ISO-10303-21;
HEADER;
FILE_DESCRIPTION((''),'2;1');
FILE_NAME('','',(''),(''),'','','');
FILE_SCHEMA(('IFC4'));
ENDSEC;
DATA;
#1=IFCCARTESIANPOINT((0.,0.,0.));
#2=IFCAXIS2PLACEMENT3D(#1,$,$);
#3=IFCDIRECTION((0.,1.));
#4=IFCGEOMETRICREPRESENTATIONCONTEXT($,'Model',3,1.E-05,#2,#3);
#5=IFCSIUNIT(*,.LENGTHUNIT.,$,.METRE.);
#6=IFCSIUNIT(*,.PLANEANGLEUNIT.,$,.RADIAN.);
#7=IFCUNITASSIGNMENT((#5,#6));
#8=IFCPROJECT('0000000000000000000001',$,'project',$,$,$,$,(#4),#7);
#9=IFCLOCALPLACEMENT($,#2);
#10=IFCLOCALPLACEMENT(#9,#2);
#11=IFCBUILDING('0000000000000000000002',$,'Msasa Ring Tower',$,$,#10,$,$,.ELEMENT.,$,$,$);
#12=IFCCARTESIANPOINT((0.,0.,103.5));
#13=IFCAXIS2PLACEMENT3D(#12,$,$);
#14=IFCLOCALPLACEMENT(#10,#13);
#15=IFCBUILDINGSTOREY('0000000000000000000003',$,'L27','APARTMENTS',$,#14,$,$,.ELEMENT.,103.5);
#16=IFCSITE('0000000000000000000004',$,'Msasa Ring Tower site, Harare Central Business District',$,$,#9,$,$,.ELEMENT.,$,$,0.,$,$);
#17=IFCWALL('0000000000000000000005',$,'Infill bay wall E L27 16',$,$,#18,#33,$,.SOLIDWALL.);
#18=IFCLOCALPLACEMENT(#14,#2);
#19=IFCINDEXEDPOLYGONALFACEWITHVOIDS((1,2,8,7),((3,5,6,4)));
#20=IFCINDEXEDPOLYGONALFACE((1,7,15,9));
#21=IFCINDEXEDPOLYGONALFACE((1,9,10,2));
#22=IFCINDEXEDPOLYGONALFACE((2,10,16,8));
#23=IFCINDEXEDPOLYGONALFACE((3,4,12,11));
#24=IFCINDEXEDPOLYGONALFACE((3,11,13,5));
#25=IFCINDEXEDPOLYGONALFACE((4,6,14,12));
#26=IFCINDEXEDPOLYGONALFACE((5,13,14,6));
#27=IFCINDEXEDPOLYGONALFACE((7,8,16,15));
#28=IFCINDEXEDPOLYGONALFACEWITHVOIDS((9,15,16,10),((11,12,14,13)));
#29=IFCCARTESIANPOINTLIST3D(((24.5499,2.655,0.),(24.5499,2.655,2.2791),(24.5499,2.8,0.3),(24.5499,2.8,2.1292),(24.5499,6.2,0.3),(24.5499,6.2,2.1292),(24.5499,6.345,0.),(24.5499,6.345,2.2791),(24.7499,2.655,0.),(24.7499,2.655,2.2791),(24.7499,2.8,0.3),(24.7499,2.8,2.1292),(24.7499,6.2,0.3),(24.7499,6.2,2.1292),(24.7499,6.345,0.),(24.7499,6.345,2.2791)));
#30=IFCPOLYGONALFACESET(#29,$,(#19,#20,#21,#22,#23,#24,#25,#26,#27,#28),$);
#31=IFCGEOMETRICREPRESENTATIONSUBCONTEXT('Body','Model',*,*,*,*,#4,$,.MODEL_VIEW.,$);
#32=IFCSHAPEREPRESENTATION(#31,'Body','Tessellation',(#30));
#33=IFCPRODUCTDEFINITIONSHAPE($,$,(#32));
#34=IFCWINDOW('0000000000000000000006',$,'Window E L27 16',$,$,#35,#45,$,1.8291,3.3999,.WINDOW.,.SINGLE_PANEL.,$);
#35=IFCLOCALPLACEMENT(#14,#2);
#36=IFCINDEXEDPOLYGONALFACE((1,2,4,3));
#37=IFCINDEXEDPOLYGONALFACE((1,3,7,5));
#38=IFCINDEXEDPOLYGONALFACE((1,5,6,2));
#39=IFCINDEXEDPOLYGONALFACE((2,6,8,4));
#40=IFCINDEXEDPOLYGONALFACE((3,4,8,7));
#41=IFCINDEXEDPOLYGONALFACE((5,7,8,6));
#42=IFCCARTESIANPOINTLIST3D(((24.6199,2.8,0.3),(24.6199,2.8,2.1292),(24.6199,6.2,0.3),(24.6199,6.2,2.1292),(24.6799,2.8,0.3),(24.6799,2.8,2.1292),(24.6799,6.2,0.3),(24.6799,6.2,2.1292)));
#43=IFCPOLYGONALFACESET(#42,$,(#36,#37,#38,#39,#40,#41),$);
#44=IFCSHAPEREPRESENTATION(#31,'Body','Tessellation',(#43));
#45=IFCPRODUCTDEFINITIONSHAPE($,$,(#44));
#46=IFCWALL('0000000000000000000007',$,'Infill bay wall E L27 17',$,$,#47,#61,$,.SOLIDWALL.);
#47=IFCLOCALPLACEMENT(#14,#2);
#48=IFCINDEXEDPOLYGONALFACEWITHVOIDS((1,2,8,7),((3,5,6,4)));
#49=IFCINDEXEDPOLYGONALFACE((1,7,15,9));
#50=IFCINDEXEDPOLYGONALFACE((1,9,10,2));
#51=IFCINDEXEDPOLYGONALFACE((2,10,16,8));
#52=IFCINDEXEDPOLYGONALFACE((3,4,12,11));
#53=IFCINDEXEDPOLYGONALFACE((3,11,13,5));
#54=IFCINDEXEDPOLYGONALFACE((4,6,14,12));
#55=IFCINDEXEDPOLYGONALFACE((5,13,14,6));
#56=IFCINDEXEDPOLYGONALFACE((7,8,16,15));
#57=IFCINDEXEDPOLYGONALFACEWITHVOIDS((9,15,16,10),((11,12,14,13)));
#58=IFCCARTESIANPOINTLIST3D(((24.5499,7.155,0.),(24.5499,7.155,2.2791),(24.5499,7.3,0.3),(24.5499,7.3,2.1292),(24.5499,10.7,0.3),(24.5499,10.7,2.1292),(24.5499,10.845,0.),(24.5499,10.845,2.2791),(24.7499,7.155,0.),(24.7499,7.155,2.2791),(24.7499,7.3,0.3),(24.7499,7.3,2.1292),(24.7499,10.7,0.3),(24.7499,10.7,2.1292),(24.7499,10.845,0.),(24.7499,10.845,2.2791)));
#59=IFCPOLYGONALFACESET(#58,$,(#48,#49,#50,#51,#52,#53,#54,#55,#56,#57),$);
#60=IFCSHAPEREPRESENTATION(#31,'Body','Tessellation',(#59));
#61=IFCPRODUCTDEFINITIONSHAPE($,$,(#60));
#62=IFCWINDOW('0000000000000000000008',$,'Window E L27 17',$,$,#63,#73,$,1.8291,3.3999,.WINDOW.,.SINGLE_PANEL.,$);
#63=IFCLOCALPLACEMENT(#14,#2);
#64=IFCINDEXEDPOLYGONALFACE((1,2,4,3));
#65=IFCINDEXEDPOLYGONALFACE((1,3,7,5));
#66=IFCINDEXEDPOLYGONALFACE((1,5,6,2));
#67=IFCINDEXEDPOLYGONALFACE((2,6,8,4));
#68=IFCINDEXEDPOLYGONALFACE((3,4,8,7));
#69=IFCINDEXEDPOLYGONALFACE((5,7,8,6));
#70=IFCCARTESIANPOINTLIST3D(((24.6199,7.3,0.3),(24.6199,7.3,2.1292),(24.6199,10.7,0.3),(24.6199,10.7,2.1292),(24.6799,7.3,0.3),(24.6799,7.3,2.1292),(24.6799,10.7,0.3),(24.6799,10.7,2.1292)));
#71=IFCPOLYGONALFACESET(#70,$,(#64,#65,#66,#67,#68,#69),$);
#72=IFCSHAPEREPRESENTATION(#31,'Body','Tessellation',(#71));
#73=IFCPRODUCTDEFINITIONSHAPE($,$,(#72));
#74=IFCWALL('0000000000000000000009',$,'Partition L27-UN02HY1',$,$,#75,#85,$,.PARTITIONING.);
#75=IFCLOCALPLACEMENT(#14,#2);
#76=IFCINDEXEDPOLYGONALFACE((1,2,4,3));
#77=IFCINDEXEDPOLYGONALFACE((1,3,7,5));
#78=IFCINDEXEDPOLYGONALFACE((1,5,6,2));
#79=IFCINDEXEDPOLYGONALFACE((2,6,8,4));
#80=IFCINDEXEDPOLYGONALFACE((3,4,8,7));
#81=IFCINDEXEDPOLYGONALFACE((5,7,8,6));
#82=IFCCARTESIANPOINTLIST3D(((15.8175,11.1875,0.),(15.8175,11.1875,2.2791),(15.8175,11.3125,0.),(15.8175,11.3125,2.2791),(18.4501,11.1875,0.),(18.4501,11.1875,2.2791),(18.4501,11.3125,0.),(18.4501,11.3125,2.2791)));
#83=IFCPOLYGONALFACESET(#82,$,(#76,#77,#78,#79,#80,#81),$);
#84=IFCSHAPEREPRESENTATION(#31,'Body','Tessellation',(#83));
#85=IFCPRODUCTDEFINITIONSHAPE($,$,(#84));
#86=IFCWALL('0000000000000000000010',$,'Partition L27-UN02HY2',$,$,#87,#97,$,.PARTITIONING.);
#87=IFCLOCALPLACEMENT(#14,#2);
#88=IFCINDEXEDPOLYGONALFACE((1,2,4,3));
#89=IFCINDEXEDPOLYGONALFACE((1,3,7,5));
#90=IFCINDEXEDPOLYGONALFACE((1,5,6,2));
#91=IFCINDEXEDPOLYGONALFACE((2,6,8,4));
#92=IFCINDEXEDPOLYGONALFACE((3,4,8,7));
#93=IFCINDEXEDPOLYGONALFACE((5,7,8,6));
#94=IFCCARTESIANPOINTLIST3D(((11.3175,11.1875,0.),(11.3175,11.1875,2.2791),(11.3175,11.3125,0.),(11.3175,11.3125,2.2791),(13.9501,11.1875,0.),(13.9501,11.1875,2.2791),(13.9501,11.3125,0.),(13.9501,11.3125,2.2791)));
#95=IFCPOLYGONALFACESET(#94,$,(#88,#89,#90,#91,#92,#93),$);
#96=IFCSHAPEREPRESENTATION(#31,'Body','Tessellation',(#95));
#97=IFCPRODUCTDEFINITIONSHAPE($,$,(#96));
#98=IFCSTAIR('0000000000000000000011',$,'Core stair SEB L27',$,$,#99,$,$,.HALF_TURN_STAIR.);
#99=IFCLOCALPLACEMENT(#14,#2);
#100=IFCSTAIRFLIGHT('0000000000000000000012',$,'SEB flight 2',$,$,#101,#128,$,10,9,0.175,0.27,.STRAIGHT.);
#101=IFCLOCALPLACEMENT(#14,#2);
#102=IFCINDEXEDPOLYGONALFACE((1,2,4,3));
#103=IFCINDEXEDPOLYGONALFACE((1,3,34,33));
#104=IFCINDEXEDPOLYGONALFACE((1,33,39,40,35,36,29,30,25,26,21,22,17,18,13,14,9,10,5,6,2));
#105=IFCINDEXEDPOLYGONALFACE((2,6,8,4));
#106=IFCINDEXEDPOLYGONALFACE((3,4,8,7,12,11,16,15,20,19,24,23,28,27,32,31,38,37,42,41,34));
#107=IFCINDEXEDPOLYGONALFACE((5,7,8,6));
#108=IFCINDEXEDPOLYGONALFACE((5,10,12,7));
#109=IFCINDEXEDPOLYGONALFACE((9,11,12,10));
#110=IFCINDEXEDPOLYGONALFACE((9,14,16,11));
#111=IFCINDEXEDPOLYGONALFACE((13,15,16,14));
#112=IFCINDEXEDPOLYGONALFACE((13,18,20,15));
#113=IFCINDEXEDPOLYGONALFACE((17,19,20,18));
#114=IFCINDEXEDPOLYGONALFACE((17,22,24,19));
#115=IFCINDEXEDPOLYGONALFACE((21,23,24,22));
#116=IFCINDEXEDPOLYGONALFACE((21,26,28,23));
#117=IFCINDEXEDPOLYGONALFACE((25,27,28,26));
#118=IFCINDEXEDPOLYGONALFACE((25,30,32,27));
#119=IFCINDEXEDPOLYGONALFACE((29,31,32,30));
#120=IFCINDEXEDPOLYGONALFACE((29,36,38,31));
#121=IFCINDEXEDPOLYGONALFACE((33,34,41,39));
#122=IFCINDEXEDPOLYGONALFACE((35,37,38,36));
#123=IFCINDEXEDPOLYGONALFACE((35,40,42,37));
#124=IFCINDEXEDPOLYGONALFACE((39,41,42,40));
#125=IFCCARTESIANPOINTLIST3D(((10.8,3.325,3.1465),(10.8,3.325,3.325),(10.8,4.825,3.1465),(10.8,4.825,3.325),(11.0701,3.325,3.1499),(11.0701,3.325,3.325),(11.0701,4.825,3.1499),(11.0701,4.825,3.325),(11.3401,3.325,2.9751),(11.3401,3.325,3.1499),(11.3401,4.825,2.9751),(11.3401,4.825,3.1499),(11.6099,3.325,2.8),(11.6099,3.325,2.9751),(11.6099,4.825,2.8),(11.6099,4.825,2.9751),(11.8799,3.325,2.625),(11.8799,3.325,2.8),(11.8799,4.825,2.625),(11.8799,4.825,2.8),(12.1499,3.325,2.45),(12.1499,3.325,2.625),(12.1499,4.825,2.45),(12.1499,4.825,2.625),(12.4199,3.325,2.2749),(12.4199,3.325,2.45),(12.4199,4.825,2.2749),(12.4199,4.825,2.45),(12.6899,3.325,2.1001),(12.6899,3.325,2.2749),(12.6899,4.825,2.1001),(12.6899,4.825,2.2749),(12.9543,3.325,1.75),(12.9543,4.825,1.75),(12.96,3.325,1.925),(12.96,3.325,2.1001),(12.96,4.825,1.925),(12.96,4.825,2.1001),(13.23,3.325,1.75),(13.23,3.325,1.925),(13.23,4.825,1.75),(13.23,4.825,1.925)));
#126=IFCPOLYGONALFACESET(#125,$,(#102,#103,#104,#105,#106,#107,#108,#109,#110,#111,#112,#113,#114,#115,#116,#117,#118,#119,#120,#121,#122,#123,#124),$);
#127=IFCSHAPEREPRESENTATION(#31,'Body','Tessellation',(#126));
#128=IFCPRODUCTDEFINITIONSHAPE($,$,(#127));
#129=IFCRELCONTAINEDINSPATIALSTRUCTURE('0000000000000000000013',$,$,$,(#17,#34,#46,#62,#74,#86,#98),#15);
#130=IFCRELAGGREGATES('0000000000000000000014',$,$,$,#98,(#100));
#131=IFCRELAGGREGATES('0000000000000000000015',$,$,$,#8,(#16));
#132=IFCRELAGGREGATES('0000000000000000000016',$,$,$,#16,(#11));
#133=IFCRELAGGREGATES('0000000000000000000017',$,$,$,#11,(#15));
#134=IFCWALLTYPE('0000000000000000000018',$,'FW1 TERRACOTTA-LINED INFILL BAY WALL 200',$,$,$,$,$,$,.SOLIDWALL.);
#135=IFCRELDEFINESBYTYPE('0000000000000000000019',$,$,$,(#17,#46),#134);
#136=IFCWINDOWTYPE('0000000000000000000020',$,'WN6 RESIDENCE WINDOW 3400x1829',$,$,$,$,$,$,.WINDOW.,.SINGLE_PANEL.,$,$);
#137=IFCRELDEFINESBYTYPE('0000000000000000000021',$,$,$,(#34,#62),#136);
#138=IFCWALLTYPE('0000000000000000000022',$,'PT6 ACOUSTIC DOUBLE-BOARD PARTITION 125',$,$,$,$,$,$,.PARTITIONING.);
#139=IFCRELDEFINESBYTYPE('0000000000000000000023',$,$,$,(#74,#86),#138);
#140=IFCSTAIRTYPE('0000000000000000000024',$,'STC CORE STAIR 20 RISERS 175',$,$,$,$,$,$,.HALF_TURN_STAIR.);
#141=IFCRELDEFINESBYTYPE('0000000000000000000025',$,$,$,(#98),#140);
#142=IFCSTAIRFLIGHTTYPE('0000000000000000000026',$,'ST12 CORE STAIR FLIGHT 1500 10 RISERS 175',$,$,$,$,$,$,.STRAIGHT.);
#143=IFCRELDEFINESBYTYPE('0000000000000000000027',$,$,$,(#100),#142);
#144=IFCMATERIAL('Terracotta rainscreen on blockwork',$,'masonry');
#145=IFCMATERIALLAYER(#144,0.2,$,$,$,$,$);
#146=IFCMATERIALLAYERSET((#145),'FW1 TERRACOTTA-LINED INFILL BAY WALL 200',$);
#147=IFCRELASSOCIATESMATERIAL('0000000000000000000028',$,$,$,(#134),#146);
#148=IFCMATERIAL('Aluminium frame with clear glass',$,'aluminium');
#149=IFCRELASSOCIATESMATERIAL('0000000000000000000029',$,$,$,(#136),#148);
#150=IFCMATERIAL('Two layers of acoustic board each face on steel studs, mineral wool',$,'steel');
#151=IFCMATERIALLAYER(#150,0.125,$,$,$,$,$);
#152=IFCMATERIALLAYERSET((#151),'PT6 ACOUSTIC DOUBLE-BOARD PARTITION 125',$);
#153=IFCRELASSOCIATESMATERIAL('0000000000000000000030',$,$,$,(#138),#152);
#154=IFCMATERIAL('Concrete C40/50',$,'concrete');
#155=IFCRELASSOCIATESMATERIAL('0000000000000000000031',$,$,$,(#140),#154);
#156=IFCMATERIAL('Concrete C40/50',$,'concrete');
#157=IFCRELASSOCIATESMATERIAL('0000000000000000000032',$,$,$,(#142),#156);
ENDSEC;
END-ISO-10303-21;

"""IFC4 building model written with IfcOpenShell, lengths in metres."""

from ifc_helpers import new_model, si_unit, direction, frame, frame_2d, origin, place, context, subcontext, project, spatial, polyline, rectangle, outline, extrude, material, layer, layer_set, type_object, element, fill, aggregate, save


model = new_model("IFC4")

# Units and contexts
model_context = context("Model", 3, precision=1e-05, world=origin(), true_north=direction((0.0, 1.0)))
body_context = subcontext(model_context, "Body", "Model", "MODEL_VIEW")
ifc_project = project(units=[si_unit("LENGTHUNIT", "METRE"), si_unit("PLANEANGLEUNIT", "RADIAN")], contexts=[model_context])

# Site, building, storey
site_placement = place(None, origin())
site = spatial("IfcSite", under=ifc_project, at=site_placement, Name="Msasa Ring Tower site, Harare Central Business District", CompositionType="ELEMENT", RefElevation=0.0)
building_placement = place(site_placement, origin())
building = spatial("IfcBuilding", under=site, at=building_placement, Name="Msasa Ring Tower", CompositionType="ELEMENT")
storey_placement = place(building_placement, frame((0.0, 0.0, 103.5)))
storey = spatial("IfcBuildingStorey", under=building, at=storey_placement, Name="L27", Description="APARTMENTS", CompositionType="ELEMENT", Elevation=103.5)

# Walls, openings, windows
ifc_material_1 = material(Name="Terracotta rainscreen on blockwork", Category="masonry")
ifc_layer_1 = layer(ifc_material_1, 0.2)
ifc_layer_set_1 = layer_set([ifc_layer_1], Name="FW1 TERRACOTTA-LINED INFILL BAY WALL 200")
wall_type_1 = type_object("IfcWallType", Name="FW1 TERRACOTTA-LINED INFILL BAY WALL 200", PredefinedType="SOLIDWALL", material=ifc_layer_set_1)
wall_1_placement = place(storey_placement, frame((24.6499, 2.655, 0.0), z_axis=(0.0, 0.0, 1.0), x_axis=(0.0, 1.0, 0.0)))
wall_1 = element("IfcWall", 1, at=wall_1_placement, inside=storey, type_object=wall_type_1, Name="Infill bay wall E L27 16", PredefinedType="SOLIDWALL", context=body_context, shape_type="SweptSolid", body=[
    extrude(rectangle(XDim=3.6899, YDim=0.2, at=frame_2d((1.845, 0.0))), origin(), (0.0, 0.0, 1.0), 2.2791),
])
opening_1_placement = place(wall_1_placement, frame((0.145, 0.0, 0.3)))
opening_1 = element("IfcOpeningElement", 2, at=opening_1_placement, cuts=wall_1, PredefinedType="OPENING", context=body_context, shape_type="SweptSolid", body=[
    extrude(rectangle(XDim=3.3999, YDim=1.8291, at=frame_2d((1.7, 0.9146))), frame((0.0, 0.1099, 0.0), z_axis=(0.0, -1.0, 0.0), x_axis=(1.0, 0.0, 0.0)), (0.0, 0.0, 1.0), 0.22),
])
ifc_material_2 = material(Name="Aluminium frame with clear glass", Category="aluminium")
window_type = type_object("IfcWindowType", Name="WN6 RESIDENCE WINDOW 3400x1829", PartitioningType="SINGLE_PANEL", PredefinedType="WINDOW", material=ifc_material_2)
window_1_placement = place(opening_1_placement, origin())
window_1 = element("IfcWindow", 3, at=window_1_placement, inside=storey, type_object=window_type, Name="Window E L27 16", OverallHeight=1.8291, OverallWidth=3.3999, PartitioningType="SINGLE_PANEL", PredefinedType="WINDOW", context=body_context, shape_type="SweptSolid", body=[
    extrude(rectangle(XDim=3.3999, YDim=1.8291, at=frame_2d((1.7, 0.9146))), frame((0.0, 0.03, 0.0), z_axis=(0.0, -1.0, 0.0), x_axis=(1.0, 0.0, 0.0)), (0.0, 0.0, 1.0), 0.0601),
])
fill(opening_1, window_1)
wall_2_placement = place(storey_placement, frame((24.6499, 7.155, 0.0), z_axis=(0.0, 0.0, 1.0), x_axis=(0.0, 1.0, 0.0)))
wall_2 = element("IfcWall", 4, at=wall_2_placement, inside=storey, type_object=wall_type_1, Name="Infill bay wall E L27 17", PredefinedType="SOLIDWALL", context=body_context, shape_type="SweptSolid", body=[
    extrude(rectangle(XDim=3.6899, YDim=0.2, at=frame_2d((1.845, 0.0))), origin(), (0.0, 0.0, 1.0), 2.2791),
])
opening_2_placement = place(wall_2_placement, frame((0.145, 0.0, 0.3)))
opening_2 = element("IfcOpeningElement", 5, at=opening_2_placement, cuts=wall_2, PredefinedType="OPENING", context=body_context, shape_type="SweptSolid", body=[
    extrude(rectangle(XDim=3.3999, YDim=1.8291, at=frame_2d((1.7, 0.9146))), frame((0.0, 0.1099, 0.0), z_axis=(0.0, -1.0, 0.0), x_axis=(1.0, 0.0, 0.0)), (0.0, 0.0, 1.0), 0.22),
])
window_2_placement = place(opening_2_placement, origin())
window_2 = element("IfcWindow", 6, at=window_2_placement, inside=storey, type_object=window_type, Name="Window E L27 17", OverallHeight=1.8291, OverallWidth=3.3999, PartitioningType="SINGLE_PANEL", PredefinedType="WINDOW", context=body_context, shape_type="SweptSolid", body=[
    extrude(rectangle(XDim=3.3999, YDim=1.8291, at=frame_2d((1.7, 0.9146))), frame((0.0, 0.03, 0.0), z_axis=(0.0, -1.0, 0.0), x_axis=(1.0, 0.0, 0.0)), (0.0, 0.0, 1.0), 0.0601),
])
fill(opening_2, window_2)

# Walls
ifc_material_3 = material(Name="Two layers of acoustic board each face on steel studs, mineral wool", Category="steel")
ifc_layer_2 = layer(ifc_material_3, 0.125)
ifc_layer_set_2 = layer_set([ifc_layer_2], Name="PT6 ACOUSTIC DOUBLE-BOARD PARTITION 125")
wall_type_2 = type_object("IfcWallType", Name="PT6 ACOUSTIC DOUBLE-BOARD PARTITION 125", PredefinedType="PARTITIONING", material=ifc_layer_set_2)
for number, where, z_axis, x_axis, name in (
    (7, (15.8174, 11.25, 0.0), (0.0, 0.0, 1.0), (1.0, 0.0, 0.0), "Partition L27-UN02HY1"),
    (8, (11.3174, 11.25, 0.0), (0.0, 0.0, 1.0), (1.0, 0.0, 0.0), "Partition L27-UN02HY2"),
):
    element("IfcWall", number, at=place(storey_placement, frame(where, z_axis=z_axis, x_axis=x_axis)), inside=storey, type_object=wall_type_2, Name=name, PredefinedType="PARTITIONING", context=body_context, shape_type="SweptSolid", body=[
        extrude(rectangle(XDim=2.6326, YDim=0.125, at=frame_2d((1.3164, 0.0))), origin(), (0.0, 0.0, 1.0), 2.2791),
    ])

# Stair, stair flight
ifc_material_4 = material(Name="Concrete C40/50", Category="concrete")
stair_type = type_object("IfcStairType", Name="STC CORE STAIR 20 RISERS 175", PredefinedType="HALF_TURN_STAIR", material=ifc_material_4)
stair_placement = place(storey_placement, origin())
stair = element("IfcStair", 9, at=stair_placement, inside=storey, type_object=stair_type, Name="Core stair SEB L27", PredefinedType="HALF_TURN_STAIR")
ifc_material_5 = material(Name="Concrete C40/50", Category="concrete")
stair_flight_type = type_object("IfcStairFlightType", Name="ST12 CORE STAIR FLIGHT 1500 10 RISERS 175", PredefinedType="STRAIGHT", material=ifc_material_5)
stair_flight_placement = place(storey_placement, frame((13.23, 4.075, 1.75), z_axis=(0.0, 0.0, 1.0), x_axis=(-1.0, 0.0, 0.0)))
stair_flight = element("IfcStairFlight", 10, at=stair_flight_placement, type_object=stair_flight_type, Name="SEB flight 2", NumberOfRisers=10, NumberOfTreads=9, PredefinedType="STRAIGHT", RiserHeight=0.175, TreadLength=0.27, context=body_context, shape_type="SweptSolid", body=[
    extrude(outline(polyline([(0.0, 0.0), (0.0, 0.175), (0.27, 0.175), (0.27, 0.3501), (0.54, 0.3501), (0.54, 0.5249), (0.8101, 0.5249), (0.8101, 0.7), (1.0801, 0.7), (1.0801, 0.875), (1.3501, 0.875), (1.3501, 1.05), (1.6201, 1.05), (1.6201, 1.2251), (1.8899, 1.2251), (1.8899, 1.3999), (2.1599, 1.3999), (2.1599, 1.575), (2.4299, 1.575), (2.4299, 1.75), (2.4299, 1.3965), (0.2756, 0.0), (0.0, 0.0)])), frame((0.0, 0.75, 0.0), z_axis=(0.0, -1.0, 0.0), x_axis=(1.0, 0.0, 0.0)), (0.0, 0.0, 1.0), 1.5),
])
aggregate(stair, [stair_flight])

save(model, "model.ifc")
